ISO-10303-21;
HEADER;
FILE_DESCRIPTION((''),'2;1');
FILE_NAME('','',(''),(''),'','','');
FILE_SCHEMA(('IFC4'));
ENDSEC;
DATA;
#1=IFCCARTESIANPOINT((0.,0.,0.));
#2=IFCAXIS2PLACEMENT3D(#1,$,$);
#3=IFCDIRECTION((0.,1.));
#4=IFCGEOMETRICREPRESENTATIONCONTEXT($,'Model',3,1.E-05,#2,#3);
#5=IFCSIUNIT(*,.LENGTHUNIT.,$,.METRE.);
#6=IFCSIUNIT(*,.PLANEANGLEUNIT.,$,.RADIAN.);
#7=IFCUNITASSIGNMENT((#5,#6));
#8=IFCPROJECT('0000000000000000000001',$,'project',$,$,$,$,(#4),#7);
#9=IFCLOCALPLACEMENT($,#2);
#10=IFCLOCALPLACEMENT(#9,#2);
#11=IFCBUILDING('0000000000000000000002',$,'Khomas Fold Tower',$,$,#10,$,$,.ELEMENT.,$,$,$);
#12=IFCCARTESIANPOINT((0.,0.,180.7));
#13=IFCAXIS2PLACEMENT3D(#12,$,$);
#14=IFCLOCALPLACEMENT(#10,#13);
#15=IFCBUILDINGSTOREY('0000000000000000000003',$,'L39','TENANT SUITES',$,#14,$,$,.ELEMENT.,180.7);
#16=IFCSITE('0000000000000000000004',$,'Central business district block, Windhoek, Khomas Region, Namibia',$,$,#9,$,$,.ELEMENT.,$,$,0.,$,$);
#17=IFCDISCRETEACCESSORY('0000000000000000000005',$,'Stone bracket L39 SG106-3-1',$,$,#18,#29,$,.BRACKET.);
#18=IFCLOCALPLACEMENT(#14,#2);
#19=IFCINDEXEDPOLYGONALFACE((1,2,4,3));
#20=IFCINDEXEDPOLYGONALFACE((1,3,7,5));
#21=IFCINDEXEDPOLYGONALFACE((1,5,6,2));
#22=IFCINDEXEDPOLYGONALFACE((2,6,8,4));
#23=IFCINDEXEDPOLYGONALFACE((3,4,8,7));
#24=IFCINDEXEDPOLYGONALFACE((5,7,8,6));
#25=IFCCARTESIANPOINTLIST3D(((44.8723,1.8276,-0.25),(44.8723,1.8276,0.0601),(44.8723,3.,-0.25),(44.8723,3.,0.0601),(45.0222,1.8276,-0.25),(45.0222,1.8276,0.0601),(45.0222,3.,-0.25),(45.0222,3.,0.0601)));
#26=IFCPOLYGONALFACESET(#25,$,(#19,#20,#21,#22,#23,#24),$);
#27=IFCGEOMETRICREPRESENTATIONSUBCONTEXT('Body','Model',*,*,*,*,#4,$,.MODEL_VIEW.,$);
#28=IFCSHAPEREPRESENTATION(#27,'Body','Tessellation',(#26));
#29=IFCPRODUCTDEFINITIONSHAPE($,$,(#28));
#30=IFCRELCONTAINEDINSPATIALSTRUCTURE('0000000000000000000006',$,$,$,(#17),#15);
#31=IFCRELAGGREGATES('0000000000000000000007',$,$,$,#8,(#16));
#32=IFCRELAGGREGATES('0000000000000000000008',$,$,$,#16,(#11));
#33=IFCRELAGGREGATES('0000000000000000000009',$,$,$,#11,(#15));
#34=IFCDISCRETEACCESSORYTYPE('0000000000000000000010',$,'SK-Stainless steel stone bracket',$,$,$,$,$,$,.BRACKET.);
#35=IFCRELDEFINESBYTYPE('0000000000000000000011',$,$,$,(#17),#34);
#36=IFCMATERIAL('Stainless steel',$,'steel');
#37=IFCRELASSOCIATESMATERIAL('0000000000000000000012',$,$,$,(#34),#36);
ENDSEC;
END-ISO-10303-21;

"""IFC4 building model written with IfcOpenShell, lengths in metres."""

from ifc_helpers import new_model, si_unit, direction, frame, origin, origin_2d, place, context, subcontext, project, spatial, rectangle, extrude, source, transform, mapped, material, type_object, element, save


model = new_model("IFC4")

# Units and contexts
model_context = context("Model", 3, precision=1e-05, world=origin(), true_north=direction((0.0, 1.0)))
body_context = subcontext(model_context, "Body", "Model", "MODEL_VIEW")
ifc_project = project(units=[si_unit("LENGTHUNIT", "METRE"), si_unit("PLANEANGLEUNIT", "RADIAN")], contexts=[model_context])

# Site, building, storey
site_placement = place(None, origin())
site = spatial("IfcSite", under=ifc_project, at=site_placement, Name="Central business district block, Windhoek, Khomas Region, Namibia", CompositionType="ELEMENT", RefElevation=0.0)
building_placement = place(site_placement, origin())
building = spatial("IfcBuilding", under=site, at=building_placement, Name="Khomas Fold Tower", CompositionType="ELEMENT")
storey_placement = place(building_placement, frame((0.0, 0.0, 180.7)))
storey = spatial("IfcBuildingStorey", under=building, at=storey_placement, Name="L39", Description="TENANT SUITES", CompositionType="ELEMENT", Elevation=180.7)

# Discrete accessory
ifc_material_1 = material(Name="Stainless steel", Category="steel")
discrete_accessory_type = type_object("IfcDiscreteAccessoryType", Name="SK-Stainless steel stone bracket", PredefinedType="BRACKET", material=ifc_material_1)
shared_shape_1 = source(origin(), body_context, "Body", "SweptSolid", [
    extrude(rectangle(XDim=1.1724, YDim=0.1499, at=origin_2d()), origin(), (0.0, 0.0, 1.0), 0.3101),
])
discrete_accessory_placement = place(storey_placement, frame((44.9473, 2.4138, -0.25), z_axis=(0.0, 0.0, 1.0), x_axis=(0.0, -1.0, 0.0)))
element("IfcDiscreteAccessory", 1, at=discrete_accessory_placement, inside=storey, type_object=discrete_accessory_type, Name="Stone bracket L39 SG106-3-1", PredefinedType="BRACKET", context=body_context, shape_type="MappedRepresentation", body=[
    mapped(shared_shape_1, transform((0.0, 0.0, 0.0))),
])

save(model, "model.ifc")
